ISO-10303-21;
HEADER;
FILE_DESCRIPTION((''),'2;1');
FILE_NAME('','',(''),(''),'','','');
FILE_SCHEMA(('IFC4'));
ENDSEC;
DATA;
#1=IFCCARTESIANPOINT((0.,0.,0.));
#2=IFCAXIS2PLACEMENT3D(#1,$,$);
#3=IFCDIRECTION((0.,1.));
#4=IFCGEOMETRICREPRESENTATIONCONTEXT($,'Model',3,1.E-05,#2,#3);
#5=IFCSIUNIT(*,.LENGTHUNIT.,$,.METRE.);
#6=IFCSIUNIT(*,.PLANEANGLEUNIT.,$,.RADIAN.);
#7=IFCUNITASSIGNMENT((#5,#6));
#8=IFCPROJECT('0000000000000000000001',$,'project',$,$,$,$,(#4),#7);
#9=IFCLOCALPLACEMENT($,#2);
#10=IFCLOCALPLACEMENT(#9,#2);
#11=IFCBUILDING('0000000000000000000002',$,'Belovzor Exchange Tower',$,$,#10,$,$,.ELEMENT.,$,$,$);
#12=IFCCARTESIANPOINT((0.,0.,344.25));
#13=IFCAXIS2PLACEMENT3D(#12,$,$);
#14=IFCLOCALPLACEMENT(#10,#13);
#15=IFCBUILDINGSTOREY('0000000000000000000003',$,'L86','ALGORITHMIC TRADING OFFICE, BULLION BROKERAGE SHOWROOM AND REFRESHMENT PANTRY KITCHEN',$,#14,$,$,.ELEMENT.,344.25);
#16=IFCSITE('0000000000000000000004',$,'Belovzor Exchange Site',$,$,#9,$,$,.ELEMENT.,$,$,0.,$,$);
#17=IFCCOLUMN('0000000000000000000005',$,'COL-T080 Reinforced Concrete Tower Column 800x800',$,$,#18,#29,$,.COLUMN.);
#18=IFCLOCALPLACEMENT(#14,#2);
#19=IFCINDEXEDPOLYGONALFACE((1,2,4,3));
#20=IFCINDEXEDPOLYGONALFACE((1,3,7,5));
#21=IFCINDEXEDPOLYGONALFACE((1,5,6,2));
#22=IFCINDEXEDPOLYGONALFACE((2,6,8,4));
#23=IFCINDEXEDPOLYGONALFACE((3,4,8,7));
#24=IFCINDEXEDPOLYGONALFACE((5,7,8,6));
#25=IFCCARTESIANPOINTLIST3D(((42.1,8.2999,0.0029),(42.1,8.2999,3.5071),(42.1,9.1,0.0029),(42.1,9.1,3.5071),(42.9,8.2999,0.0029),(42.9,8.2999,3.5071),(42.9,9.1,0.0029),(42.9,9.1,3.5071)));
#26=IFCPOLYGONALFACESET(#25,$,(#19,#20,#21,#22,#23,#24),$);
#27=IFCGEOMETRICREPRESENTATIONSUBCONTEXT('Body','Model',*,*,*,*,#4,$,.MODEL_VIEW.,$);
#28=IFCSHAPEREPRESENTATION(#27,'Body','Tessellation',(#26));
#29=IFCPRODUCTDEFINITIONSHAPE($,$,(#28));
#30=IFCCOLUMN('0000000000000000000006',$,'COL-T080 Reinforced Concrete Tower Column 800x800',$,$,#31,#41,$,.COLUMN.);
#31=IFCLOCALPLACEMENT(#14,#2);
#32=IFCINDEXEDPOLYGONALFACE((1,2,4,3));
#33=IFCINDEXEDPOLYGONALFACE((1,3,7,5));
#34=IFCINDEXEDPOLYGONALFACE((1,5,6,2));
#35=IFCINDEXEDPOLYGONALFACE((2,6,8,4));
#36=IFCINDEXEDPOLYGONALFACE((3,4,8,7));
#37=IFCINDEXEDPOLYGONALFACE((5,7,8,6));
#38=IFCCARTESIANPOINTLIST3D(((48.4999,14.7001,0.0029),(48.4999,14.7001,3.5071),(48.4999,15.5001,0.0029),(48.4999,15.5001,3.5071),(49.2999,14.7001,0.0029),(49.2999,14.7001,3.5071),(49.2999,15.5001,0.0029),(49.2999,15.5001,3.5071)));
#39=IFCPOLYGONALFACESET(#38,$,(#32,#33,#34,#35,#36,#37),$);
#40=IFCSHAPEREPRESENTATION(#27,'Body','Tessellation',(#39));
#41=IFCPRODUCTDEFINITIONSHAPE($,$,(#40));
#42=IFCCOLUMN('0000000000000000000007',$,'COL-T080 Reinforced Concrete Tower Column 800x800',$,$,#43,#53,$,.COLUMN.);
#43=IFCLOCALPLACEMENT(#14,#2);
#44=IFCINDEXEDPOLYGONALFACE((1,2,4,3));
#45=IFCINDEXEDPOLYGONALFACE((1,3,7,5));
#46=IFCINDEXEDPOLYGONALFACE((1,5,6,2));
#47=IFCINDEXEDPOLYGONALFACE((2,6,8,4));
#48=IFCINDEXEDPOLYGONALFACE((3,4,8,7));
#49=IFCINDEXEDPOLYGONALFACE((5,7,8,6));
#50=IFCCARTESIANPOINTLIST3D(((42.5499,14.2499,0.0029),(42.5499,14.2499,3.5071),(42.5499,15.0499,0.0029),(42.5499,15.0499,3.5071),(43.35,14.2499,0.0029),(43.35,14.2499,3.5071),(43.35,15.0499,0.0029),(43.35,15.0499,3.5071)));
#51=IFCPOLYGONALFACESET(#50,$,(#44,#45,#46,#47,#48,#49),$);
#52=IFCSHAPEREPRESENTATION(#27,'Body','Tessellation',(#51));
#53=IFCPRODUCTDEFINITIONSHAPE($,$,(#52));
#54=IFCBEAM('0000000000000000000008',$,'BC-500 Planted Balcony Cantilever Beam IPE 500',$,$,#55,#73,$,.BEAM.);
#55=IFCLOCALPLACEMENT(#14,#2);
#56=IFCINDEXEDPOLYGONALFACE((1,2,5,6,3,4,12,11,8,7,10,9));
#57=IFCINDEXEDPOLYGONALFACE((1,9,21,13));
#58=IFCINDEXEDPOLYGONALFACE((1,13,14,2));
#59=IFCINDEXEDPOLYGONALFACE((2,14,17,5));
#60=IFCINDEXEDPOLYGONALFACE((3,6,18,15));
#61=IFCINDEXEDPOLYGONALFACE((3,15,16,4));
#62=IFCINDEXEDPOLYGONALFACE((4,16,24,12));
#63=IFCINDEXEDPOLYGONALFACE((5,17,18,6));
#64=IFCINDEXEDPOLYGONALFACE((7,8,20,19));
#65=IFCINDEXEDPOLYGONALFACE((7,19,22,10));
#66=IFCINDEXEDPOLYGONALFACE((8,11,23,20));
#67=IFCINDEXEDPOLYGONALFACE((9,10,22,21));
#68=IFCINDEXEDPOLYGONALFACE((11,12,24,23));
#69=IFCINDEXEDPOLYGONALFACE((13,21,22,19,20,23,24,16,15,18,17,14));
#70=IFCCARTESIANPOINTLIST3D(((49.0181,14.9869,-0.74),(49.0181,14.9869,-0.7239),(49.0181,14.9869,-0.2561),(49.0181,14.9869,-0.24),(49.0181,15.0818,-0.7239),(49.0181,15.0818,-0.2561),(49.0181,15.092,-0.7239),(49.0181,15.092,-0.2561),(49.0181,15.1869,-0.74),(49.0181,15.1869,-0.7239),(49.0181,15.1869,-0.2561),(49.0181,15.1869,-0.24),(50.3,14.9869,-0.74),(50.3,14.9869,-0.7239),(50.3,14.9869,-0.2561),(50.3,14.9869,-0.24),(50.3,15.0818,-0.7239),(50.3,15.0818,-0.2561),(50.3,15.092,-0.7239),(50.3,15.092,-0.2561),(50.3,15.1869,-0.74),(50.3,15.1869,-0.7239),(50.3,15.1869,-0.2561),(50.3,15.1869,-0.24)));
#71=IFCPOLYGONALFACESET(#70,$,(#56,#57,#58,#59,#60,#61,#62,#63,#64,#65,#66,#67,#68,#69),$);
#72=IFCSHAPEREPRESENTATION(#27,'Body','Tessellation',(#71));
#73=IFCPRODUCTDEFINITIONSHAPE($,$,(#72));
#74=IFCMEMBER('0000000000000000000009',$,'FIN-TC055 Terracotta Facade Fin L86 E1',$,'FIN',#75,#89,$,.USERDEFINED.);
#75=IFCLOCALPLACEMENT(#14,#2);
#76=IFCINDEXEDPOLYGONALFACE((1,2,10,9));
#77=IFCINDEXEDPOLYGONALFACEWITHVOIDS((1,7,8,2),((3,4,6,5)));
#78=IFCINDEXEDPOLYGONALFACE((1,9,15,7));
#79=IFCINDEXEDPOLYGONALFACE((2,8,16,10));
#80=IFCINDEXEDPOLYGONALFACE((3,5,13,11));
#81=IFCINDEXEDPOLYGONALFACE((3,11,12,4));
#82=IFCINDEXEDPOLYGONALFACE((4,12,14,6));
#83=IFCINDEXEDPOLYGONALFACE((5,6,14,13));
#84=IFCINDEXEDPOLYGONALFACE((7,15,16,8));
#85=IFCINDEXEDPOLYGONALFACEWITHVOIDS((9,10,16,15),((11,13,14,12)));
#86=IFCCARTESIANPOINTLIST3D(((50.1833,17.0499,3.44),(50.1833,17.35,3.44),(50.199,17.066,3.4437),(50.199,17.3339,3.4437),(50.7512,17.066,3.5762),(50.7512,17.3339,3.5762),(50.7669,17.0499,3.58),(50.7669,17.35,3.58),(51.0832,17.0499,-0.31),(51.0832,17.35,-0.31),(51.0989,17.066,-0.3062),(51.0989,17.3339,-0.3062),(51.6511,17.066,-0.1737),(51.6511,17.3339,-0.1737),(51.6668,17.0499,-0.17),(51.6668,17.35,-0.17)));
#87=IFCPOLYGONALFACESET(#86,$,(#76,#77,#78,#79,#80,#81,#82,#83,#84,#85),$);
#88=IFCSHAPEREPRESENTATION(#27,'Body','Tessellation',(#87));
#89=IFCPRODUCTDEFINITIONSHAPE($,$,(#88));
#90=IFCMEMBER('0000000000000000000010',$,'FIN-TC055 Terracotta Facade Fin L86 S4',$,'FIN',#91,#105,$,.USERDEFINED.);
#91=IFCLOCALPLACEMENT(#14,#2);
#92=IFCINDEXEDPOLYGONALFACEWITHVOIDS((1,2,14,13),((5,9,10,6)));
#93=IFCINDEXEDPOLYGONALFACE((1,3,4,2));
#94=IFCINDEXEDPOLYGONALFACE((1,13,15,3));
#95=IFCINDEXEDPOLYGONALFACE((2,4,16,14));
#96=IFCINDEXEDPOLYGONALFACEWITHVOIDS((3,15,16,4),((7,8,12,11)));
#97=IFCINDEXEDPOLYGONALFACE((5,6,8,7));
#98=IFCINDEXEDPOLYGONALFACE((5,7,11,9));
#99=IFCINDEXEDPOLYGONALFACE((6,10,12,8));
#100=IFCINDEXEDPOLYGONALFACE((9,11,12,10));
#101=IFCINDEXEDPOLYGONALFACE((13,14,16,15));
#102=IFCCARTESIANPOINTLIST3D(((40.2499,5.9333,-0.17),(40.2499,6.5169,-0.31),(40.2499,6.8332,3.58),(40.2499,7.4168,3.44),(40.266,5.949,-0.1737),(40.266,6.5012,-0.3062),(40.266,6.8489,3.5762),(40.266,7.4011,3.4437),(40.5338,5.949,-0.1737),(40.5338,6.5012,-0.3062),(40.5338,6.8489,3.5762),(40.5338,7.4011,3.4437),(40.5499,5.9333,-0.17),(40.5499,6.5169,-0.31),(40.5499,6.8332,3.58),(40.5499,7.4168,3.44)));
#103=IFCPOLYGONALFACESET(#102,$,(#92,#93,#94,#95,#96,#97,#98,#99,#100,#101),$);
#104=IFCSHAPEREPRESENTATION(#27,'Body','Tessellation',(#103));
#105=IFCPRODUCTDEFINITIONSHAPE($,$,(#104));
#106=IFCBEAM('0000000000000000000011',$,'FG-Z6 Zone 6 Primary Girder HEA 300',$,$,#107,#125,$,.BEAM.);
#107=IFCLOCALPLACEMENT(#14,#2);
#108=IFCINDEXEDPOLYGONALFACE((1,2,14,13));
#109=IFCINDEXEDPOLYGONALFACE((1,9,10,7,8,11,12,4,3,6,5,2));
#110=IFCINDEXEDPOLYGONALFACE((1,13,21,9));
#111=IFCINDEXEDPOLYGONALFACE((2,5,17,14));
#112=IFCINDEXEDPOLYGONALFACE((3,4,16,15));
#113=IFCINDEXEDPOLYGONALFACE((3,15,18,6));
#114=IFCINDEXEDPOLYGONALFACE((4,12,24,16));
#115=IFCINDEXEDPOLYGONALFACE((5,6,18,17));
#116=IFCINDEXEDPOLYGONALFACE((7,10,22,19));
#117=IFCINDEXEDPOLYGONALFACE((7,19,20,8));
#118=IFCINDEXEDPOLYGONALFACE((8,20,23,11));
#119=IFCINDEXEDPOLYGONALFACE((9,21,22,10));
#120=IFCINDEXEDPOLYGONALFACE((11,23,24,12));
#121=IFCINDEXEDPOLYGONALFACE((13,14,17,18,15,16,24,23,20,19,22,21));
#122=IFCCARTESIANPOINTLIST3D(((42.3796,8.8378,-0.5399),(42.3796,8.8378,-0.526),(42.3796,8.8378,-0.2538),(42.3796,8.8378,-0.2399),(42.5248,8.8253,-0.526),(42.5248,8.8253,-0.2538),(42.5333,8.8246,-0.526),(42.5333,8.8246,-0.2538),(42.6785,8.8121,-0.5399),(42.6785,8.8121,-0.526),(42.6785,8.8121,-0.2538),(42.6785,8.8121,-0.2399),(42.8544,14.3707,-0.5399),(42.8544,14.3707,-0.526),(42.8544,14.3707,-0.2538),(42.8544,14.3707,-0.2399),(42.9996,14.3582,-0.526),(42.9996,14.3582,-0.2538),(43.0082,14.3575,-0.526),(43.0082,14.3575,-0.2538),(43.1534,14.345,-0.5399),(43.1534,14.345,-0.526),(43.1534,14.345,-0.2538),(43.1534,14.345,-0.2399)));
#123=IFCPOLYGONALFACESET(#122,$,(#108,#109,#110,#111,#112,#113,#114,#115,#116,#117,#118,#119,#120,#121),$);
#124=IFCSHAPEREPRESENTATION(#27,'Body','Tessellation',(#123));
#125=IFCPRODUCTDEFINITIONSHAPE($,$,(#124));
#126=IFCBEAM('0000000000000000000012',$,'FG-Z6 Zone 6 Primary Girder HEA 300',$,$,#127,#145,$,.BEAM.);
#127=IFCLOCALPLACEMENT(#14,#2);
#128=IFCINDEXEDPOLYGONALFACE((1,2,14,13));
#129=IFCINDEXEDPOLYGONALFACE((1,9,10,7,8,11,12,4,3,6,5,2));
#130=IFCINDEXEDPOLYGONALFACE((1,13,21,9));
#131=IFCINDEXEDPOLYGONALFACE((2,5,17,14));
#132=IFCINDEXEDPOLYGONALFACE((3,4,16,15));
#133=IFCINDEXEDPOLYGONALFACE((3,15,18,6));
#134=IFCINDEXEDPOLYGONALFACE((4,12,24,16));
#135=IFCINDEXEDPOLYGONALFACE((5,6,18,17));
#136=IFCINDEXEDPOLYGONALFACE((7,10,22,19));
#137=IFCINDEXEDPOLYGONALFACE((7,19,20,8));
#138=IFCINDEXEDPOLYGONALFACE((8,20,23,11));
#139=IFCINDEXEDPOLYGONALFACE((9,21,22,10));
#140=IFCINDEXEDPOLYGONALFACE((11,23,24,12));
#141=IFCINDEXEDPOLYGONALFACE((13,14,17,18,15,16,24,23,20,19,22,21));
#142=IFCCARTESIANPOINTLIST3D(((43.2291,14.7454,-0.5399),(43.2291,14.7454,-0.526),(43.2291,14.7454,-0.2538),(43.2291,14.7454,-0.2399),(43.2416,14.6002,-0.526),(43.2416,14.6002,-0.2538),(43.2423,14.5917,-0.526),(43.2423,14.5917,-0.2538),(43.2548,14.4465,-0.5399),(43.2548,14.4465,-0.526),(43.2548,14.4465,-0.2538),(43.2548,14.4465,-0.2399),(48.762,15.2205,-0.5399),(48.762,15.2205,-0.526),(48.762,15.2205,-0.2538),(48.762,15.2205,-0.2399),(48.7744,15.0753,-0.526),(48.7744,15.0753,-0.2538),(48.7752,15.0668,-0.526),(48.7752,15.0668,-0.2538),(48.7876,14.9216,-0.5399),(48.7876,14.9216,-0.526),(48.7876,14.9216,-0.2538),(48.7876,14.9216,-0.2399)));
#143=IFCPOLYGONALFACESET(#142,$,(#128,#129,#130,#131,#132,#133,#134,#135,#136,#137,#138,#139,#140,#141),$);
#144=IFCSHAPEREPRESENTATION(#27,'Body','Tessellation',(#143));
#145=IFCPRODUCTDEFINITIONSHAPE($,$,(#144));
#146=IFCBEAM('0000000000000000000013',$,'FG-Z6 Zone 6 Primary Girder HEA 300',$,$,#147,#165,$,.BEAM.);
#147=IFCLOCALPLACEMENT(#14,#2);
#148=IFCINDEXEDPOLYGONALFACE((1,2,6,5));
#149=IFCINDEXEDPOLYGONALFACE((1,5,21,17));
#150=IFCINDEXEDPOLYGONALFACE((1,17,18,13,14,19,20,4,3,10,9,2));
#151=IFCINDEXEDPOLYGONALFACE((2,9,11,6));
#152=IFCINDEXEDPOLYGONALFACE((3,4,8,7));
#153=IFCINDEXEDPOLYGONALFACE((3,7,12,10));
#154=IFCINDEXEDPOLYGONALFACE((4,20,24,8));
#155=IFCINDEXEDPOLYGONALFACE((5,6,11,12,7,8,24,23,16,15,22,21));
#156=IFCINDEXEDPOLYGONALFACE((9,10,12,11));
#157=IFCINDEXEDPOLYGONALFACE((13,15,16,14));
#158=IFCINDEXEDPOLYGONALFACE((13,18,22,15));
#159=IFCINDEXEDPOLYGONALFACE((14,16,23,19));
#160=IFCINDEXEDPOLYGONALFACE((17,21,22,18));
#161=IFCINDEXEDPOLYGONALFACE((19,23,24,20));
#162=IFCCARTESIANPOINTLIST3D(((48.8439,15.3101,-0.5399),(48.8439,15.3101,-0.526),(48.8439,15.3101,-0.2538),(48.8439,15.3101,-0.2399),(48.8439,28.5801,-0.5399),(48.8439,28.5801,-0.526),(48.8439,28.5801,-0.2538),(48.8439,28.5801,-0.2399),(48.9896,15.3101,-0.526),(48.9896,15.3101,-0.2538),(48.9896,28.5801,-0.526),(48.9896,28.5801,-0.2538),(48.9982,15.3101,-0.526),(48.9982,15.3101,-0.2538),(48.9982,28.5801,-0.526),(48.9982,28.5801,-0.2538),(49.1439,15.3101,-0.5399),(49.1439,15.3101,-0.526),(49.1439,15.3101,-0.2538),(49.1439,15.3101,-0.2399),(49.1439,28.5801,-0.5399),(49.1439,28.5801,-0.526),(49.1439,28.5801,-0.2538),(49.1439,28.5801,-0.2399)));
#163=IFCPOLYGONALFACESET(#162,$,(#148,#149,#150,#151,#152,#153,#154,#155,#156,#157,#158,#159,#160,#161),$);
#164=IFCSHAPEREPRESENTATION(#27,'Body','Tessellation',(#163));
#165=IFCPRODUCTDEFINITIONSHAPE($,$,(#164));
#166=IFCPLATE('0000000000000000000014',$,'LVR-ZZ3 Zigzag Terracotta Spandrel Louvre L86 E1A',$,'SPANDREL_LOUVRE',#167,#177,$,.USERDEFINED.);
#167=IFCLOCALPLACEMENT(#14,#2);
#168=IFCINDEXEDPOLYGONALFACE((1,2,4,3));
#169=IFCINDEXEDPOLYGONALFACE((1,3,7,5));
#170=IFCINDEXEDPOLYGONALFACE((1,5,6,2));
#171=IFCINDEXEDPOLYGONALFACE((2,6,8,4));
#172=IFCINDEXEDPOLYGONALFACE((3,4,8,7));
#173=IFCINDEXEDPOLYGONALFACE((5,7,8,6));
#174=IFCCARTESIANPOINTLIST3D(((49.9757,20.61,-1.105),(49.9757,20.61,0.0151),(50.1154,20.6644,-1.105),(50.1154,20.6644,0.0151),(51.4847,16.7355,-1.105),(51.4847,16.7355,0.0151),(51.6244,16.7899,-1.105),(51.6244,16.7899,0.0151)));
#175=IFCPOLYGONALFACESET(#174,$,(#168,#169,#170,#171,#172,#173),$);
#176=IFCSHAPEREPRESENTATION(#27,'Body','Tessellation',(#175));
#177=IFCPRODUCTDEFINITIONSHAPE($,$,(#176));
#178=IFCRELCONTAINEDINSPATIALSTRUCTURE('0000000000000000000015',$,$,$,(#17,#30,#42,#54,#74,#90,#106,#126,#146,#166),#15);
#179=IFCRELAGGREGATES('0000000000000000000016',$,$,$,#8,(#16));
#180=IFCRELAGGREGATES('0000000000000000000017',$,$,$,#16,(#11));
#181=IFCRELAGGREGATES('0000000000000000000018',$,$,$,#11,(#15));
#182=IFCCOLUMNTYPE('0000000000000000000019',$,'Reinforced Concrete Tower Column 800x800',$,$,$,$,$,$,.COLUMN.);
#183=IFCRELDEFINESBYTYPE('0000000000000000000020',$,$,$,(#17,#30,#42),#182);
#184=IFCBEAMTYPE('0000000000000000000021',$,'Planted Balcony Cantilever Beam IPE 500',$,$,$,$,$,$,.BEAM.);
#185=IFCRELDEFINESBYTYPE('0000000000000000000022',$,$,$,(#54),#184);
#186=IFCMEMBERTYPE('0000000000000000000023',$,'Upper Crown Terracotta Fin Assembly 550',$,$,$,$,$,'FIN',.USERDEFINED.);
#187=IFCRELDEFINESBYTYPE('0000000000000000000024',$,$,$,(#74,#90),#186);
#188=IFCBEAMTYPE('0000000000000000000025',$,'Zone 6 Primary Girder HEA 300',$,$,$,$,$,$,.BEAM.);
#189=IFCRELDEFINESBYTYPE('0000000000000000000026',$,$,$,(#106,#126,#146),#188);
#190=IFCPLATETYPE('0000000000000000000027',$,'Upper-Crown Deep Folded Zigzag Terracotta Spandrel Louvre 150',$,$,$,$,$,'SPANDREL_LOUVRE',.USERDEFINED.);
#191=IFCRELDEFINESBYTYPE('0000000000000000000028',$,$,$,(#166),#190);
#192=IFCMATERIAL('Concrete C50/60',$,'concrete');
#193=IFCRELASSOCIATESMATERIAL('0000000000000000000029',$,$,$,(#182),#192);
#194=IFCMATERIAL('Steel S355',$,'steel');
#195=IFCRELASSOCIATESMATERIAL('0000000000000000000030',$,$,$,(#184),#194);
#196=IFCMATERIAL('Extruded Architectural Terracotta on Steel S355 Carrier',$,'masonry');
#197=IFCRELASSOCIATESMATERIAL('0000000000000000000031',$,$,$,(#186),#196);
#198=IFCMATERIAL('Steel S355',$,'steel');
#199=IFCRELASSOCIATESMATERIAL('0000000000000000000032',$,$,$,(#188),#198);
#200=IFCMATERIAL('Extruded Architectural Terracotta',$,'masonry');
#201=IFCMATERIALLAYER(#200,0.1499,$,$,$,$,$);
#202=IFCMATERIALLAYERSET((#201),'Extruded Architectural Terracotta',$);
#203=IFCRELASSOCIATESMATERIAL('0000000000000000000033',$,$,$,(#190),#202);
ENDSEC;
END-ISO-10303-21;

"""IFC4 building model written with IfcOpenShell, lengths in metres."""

from ifc_helpers import new_model, si_unit, direction, frame, origin, origin_2d, place, context, subcontext, project, spatial, rectangle, hollow_rectangle, i_section, extrude, material, layer, layer_set, material_profile, profile_set, type_object, element, save


model = new_model("IFC4")

# Units and contexts
model_context = context("Model", 3, precision=1e-05, world=origin(), true_north=direction((0.0, 1.0)))
body_context = subcontext(model_context, "Body", "Model", "MODEL_VIEW")
ifc_project = project(units=[si_unit("LENGTHUNIT", "METRE"), si_unit("PLANEANGLEUNIT", "RADIAN")], contexts=[model_context])

# Site, building, storey
site_placement = place(None, origin())
site = spatial("IfcSite", under=ifc_project, at=site_placement, Name="Belovzor Exchange Site", CompositionType="ELEMENT", RefElevation=0.0)
building_placement = place(site_placement, origin())
building = spatial("IfcBuilding", under=site, at=building_placement, Name="Belovzor Exchange Tower", CompositionType="ELEMENT")
storey_placement = place(building_placement, frame((0.0, 0.0, 344.25)))
storey = spatial("IfcBuildingStorey", under=building, at=storey_placement, Name="L86", Description="ALGORITHMIC TRADING OFFICE, BULLION BROKERAGE SHOWROOM AND REFRESHMENT PANTRY KITCHEN", CompositionType="ELEMENT", Elevation=344.25)

# Columns
ifc_material_1 = material(Name="Concrete C50/60", Category="concrete")
ifc_material_profile_1 = material_profile(ifc_material_1, rectangle(XDim=0.8, YDim=0.8, at=origin_2d()))
ifc_profile_set_1 = profile_set([ifc_material_profile_1], Name="Concrete C50/60")
column_type = type_object("IfcColumnType", Name="Reinforced Concrete Tower Column 800x800", PredefinedType="COLUMN", material=ifc_profile_set_1)
for number, where, z_axis, x_axis, name in (
    (1, (42.5, 8.7, 0.0029), (0.0, 0.0, 1.0), (1.0, 0.0, 0.0), "COL-T080 Reinforced Concrete Tower Column 800x800"),
    (2, (48.8999, 15.1001, 0.0029), (0.0, 0.0, 1.0), (1.0, 0.0, 0.0), "COL-T080 Reinforced Concrete Tower Column 800x800"),
    (3, (42.95, 14.6499, 0.0029), (0.0, 0.0, 1.0), (1.0, 0.0, 0.0), "COL-T080 Reinforced Concrete Tower Column 800x800"),
):
    element("IfcColumn", number, at=place(storey_placement, frame(where, z_axis=z_axis, x_axis=x_axis)), inside=storey, type_object=column_type, Name=name, PredefinedType="COLUMN", context=body_context, shape_type="SweptSolid", body=[
        extrude(rectangle(XDim=0.8, YDim=0.8, at=origin_2d()), origin(), (0.0, 0.0, 1.0), 3.5042),
    ])

# Beam
ifc_material_2 = material(Name="Steel S355", Category="steel")
ifc_material_profile_2 = material_profile(ifc_material_2, i_section(OverallWidth=0.2, OverallDepth=0.5, WebThickness=0.0103, FlangeThickness=0.0161, at=origin_2d()))
ifc_profile_set_2 = profile_set([ifc_material_profile_2], Name="Steel S355")
beam_type_1 = type_object("IfcBeamType", Name="Planted Balcony Cantilever Beam IPE 500", PredefinedType="BEAM", material=ifc_profile_set_2)
beam_1_placement = place(storey_placement, frame((49.0181, 15.0869, -0.49), z_axis=(1.0, 0.0, 0.0), x_axis=(0.0, 1.0, 0.0)))
element("IfcBeam", 4, at=beam_1_placement, inside=storey, type_object=beam_type_1, Name="BC-500 Planted Balcony Cantilever Beam IPE 500", PredefinedType="BEAM", context=body_context, shape_type="SweptSolid", body=[
    extrude(i_section(OverallWidth=0.2, OverallDepth=0.5, WebThickness=0.0103, FlangeThickness=0.0161, at=origin_2d()), origin(), (0.0, 0.0, 1.0), 1.282),
])

# Members
ifc_material_3 = material(Name="Extruded Architectural Terracotta on Steel S355 Carrier", Category="masonry")
ifc_material_profile_3 = material_profile(ifc_material_3, hollow_rectangle(XDim=0.3, YDim=0.6001, WallThickness=0.0161, at=origin_2d()))
ifc_profile_set_3 = profile_set([ifc_material_profile_3], Name="Extruded Architectural Terracotta on Steel S355 Carrier")
member_type = type_object("IfcMemberType", Name="Upper Crown Terracotta Fin Assembly 550", ElementType="FIN", PredefinedType="USERDEFINED", material=ifc_profile_set_3)
for number, where, z_axis, x_axis, name in (
    (5, (51.375, 17.2, -0.24), (-0.233349, 0.0, 0.972393), (0.0, -1.0, 0.0), "FIN-TC055 Terracotta Facade Fin L86 E1"),
    (6, (40.3999, 6.2251, -0.24), (0.0, 0.233349, 0.972393), (-1.0, 0.0, 0.0), "FIN-TC055 Terracotta Facade Fin L86 S4"),
):
    element("IfcMember", number, at=place(storey_placement, frame(where, z_axis=z_axis, x_axis=x_axis)), inside=storey, type_object=member_type, Name=name, ObjectType="FIN", PredefinedType="USERDEFINED", context=body_context, shape_type="SweptSolid", body=[
        extrude(hollow_rectangle(XDim=0.3, YDim=0.6001, WallThickness=0.0161, at=origin_2d()), origin(), (0.0, 0.0, 1.0), 3.8564),
    ])

# Beams
ifc_material_4 = material(Name="Steel S355", Category="steel")
ifc_material_profile_4 = material_profile(ifc_material_4, i_section(OverallWidth=0.3, OverallDepth=0.3, WebThickness=0.0085, FlangeThickness=0.0139, at=origin_2d()))
ifc_profile_set_4 = profile_set([ifc_material_profile_4], Name="Steel S355")
beam_type_2 = type_object("IfcBeamType", Name="Zone 6 Primary Girder HEA 300", PredefinedType="BEAM", material=ifc_profile_set_4)
for number, where, z_axis, x_axis, name in (
    (7, (42.5291, 8.825, -0.3899), (0.085508, 0.996337, 0.0), (-0.996337, 0.085508, 0.0), "FG-Z6 Zone 6 Primary Girder HEA 300"),
    (8, (43.2419, 14.5959, -0.3899), (0.996334, 0.085552, 0.0), (-0.085552, 0.996334, 0.0), "FG-Z6 Zone 6 Primary Girder HEA 300"),
):
    element("IfcBeam", number, at=place(storey_placement, frame(where, z_axis=z_axis, x_axis=x_axis)), inside=storey, type_object=beam_type_2, Name=name, PredefinedType="BEAM", context=body_context, shape_type="SweptSolid", body=[
        extrude(i_section(OverallWidth=0.3, OverallDepth=0.3, WebThickness=0.0085, FlangeThickness=0.0139, at=origin_2d()), origin(), (0.0, 0.0, 1.0), 5.5532),
    ])
beam_2_placement = place(storey_placement, frame((48.9939, 15.3101, -0.3899), z_axis=(0.0, 1.0, 0.0), x_axis=(-1.0, 0.0, 0.0)))
element("IfcBeam", 9, at=beam_2_placement, inside=storey, type_object=beam_type_2, Name="FG-Z6 Zone 6 Primary Girder HEA 300", PredefinedType="BEAM", context=body_context, shape_type="SweptSolid", body=[
    extrude(i_section(OverallWidth=0.3, OverallDepth=0.3, WebThickness=0.0085, FlangeThickness=0.0139, at=origin_2d()), origin(), (0.0, 0.0, 1.0), 13.27),
])

# Plate
ifc_material_5 = material(Name="Extruded Architectural Terracotta", Category="masonry")
ifc_layer_1 = layer(ifc_material_5, 0.1499)
ifc_layer_set_1 = layer_set([ifc_layer_1], Name="Extruded Architectural Terracotta")
plate_type = type_object("IfcPlateType", Name="Upper-Crown Deep Folded Zigzag Terracotta Spandrel Louvre 150", ElementType="SPANDREL_LOUVRE", PredefinedType="USERDEFINED", material=ifc_layer_set_1)
plate_placement = place(storey_placement, frame((50.8, 18.7, -1.105), z_axis=(0.0, 0.0, 1.0), x_axis=(-0.362926, 0.931818, 0.0)))
element("IfcPlate", 10, at=plate_placement, inside=storey, type_object=plate_type, Name="LVR-ZZ3 Zigzag Terracotta Spandrel Louvre L86 E1A", ObjectType="SPANDREL_LOUVRE", PredefinedType="USERDEFINED", context=body_context, shape_type="SweptSolid", body=[
    extrude(rectangle(XDim=4.158, YDim=0.1499, at=origin_2d()), origin(), (0.0, 0.0, 1.0), 1.1201),
])

save(model, "model.ifc")
